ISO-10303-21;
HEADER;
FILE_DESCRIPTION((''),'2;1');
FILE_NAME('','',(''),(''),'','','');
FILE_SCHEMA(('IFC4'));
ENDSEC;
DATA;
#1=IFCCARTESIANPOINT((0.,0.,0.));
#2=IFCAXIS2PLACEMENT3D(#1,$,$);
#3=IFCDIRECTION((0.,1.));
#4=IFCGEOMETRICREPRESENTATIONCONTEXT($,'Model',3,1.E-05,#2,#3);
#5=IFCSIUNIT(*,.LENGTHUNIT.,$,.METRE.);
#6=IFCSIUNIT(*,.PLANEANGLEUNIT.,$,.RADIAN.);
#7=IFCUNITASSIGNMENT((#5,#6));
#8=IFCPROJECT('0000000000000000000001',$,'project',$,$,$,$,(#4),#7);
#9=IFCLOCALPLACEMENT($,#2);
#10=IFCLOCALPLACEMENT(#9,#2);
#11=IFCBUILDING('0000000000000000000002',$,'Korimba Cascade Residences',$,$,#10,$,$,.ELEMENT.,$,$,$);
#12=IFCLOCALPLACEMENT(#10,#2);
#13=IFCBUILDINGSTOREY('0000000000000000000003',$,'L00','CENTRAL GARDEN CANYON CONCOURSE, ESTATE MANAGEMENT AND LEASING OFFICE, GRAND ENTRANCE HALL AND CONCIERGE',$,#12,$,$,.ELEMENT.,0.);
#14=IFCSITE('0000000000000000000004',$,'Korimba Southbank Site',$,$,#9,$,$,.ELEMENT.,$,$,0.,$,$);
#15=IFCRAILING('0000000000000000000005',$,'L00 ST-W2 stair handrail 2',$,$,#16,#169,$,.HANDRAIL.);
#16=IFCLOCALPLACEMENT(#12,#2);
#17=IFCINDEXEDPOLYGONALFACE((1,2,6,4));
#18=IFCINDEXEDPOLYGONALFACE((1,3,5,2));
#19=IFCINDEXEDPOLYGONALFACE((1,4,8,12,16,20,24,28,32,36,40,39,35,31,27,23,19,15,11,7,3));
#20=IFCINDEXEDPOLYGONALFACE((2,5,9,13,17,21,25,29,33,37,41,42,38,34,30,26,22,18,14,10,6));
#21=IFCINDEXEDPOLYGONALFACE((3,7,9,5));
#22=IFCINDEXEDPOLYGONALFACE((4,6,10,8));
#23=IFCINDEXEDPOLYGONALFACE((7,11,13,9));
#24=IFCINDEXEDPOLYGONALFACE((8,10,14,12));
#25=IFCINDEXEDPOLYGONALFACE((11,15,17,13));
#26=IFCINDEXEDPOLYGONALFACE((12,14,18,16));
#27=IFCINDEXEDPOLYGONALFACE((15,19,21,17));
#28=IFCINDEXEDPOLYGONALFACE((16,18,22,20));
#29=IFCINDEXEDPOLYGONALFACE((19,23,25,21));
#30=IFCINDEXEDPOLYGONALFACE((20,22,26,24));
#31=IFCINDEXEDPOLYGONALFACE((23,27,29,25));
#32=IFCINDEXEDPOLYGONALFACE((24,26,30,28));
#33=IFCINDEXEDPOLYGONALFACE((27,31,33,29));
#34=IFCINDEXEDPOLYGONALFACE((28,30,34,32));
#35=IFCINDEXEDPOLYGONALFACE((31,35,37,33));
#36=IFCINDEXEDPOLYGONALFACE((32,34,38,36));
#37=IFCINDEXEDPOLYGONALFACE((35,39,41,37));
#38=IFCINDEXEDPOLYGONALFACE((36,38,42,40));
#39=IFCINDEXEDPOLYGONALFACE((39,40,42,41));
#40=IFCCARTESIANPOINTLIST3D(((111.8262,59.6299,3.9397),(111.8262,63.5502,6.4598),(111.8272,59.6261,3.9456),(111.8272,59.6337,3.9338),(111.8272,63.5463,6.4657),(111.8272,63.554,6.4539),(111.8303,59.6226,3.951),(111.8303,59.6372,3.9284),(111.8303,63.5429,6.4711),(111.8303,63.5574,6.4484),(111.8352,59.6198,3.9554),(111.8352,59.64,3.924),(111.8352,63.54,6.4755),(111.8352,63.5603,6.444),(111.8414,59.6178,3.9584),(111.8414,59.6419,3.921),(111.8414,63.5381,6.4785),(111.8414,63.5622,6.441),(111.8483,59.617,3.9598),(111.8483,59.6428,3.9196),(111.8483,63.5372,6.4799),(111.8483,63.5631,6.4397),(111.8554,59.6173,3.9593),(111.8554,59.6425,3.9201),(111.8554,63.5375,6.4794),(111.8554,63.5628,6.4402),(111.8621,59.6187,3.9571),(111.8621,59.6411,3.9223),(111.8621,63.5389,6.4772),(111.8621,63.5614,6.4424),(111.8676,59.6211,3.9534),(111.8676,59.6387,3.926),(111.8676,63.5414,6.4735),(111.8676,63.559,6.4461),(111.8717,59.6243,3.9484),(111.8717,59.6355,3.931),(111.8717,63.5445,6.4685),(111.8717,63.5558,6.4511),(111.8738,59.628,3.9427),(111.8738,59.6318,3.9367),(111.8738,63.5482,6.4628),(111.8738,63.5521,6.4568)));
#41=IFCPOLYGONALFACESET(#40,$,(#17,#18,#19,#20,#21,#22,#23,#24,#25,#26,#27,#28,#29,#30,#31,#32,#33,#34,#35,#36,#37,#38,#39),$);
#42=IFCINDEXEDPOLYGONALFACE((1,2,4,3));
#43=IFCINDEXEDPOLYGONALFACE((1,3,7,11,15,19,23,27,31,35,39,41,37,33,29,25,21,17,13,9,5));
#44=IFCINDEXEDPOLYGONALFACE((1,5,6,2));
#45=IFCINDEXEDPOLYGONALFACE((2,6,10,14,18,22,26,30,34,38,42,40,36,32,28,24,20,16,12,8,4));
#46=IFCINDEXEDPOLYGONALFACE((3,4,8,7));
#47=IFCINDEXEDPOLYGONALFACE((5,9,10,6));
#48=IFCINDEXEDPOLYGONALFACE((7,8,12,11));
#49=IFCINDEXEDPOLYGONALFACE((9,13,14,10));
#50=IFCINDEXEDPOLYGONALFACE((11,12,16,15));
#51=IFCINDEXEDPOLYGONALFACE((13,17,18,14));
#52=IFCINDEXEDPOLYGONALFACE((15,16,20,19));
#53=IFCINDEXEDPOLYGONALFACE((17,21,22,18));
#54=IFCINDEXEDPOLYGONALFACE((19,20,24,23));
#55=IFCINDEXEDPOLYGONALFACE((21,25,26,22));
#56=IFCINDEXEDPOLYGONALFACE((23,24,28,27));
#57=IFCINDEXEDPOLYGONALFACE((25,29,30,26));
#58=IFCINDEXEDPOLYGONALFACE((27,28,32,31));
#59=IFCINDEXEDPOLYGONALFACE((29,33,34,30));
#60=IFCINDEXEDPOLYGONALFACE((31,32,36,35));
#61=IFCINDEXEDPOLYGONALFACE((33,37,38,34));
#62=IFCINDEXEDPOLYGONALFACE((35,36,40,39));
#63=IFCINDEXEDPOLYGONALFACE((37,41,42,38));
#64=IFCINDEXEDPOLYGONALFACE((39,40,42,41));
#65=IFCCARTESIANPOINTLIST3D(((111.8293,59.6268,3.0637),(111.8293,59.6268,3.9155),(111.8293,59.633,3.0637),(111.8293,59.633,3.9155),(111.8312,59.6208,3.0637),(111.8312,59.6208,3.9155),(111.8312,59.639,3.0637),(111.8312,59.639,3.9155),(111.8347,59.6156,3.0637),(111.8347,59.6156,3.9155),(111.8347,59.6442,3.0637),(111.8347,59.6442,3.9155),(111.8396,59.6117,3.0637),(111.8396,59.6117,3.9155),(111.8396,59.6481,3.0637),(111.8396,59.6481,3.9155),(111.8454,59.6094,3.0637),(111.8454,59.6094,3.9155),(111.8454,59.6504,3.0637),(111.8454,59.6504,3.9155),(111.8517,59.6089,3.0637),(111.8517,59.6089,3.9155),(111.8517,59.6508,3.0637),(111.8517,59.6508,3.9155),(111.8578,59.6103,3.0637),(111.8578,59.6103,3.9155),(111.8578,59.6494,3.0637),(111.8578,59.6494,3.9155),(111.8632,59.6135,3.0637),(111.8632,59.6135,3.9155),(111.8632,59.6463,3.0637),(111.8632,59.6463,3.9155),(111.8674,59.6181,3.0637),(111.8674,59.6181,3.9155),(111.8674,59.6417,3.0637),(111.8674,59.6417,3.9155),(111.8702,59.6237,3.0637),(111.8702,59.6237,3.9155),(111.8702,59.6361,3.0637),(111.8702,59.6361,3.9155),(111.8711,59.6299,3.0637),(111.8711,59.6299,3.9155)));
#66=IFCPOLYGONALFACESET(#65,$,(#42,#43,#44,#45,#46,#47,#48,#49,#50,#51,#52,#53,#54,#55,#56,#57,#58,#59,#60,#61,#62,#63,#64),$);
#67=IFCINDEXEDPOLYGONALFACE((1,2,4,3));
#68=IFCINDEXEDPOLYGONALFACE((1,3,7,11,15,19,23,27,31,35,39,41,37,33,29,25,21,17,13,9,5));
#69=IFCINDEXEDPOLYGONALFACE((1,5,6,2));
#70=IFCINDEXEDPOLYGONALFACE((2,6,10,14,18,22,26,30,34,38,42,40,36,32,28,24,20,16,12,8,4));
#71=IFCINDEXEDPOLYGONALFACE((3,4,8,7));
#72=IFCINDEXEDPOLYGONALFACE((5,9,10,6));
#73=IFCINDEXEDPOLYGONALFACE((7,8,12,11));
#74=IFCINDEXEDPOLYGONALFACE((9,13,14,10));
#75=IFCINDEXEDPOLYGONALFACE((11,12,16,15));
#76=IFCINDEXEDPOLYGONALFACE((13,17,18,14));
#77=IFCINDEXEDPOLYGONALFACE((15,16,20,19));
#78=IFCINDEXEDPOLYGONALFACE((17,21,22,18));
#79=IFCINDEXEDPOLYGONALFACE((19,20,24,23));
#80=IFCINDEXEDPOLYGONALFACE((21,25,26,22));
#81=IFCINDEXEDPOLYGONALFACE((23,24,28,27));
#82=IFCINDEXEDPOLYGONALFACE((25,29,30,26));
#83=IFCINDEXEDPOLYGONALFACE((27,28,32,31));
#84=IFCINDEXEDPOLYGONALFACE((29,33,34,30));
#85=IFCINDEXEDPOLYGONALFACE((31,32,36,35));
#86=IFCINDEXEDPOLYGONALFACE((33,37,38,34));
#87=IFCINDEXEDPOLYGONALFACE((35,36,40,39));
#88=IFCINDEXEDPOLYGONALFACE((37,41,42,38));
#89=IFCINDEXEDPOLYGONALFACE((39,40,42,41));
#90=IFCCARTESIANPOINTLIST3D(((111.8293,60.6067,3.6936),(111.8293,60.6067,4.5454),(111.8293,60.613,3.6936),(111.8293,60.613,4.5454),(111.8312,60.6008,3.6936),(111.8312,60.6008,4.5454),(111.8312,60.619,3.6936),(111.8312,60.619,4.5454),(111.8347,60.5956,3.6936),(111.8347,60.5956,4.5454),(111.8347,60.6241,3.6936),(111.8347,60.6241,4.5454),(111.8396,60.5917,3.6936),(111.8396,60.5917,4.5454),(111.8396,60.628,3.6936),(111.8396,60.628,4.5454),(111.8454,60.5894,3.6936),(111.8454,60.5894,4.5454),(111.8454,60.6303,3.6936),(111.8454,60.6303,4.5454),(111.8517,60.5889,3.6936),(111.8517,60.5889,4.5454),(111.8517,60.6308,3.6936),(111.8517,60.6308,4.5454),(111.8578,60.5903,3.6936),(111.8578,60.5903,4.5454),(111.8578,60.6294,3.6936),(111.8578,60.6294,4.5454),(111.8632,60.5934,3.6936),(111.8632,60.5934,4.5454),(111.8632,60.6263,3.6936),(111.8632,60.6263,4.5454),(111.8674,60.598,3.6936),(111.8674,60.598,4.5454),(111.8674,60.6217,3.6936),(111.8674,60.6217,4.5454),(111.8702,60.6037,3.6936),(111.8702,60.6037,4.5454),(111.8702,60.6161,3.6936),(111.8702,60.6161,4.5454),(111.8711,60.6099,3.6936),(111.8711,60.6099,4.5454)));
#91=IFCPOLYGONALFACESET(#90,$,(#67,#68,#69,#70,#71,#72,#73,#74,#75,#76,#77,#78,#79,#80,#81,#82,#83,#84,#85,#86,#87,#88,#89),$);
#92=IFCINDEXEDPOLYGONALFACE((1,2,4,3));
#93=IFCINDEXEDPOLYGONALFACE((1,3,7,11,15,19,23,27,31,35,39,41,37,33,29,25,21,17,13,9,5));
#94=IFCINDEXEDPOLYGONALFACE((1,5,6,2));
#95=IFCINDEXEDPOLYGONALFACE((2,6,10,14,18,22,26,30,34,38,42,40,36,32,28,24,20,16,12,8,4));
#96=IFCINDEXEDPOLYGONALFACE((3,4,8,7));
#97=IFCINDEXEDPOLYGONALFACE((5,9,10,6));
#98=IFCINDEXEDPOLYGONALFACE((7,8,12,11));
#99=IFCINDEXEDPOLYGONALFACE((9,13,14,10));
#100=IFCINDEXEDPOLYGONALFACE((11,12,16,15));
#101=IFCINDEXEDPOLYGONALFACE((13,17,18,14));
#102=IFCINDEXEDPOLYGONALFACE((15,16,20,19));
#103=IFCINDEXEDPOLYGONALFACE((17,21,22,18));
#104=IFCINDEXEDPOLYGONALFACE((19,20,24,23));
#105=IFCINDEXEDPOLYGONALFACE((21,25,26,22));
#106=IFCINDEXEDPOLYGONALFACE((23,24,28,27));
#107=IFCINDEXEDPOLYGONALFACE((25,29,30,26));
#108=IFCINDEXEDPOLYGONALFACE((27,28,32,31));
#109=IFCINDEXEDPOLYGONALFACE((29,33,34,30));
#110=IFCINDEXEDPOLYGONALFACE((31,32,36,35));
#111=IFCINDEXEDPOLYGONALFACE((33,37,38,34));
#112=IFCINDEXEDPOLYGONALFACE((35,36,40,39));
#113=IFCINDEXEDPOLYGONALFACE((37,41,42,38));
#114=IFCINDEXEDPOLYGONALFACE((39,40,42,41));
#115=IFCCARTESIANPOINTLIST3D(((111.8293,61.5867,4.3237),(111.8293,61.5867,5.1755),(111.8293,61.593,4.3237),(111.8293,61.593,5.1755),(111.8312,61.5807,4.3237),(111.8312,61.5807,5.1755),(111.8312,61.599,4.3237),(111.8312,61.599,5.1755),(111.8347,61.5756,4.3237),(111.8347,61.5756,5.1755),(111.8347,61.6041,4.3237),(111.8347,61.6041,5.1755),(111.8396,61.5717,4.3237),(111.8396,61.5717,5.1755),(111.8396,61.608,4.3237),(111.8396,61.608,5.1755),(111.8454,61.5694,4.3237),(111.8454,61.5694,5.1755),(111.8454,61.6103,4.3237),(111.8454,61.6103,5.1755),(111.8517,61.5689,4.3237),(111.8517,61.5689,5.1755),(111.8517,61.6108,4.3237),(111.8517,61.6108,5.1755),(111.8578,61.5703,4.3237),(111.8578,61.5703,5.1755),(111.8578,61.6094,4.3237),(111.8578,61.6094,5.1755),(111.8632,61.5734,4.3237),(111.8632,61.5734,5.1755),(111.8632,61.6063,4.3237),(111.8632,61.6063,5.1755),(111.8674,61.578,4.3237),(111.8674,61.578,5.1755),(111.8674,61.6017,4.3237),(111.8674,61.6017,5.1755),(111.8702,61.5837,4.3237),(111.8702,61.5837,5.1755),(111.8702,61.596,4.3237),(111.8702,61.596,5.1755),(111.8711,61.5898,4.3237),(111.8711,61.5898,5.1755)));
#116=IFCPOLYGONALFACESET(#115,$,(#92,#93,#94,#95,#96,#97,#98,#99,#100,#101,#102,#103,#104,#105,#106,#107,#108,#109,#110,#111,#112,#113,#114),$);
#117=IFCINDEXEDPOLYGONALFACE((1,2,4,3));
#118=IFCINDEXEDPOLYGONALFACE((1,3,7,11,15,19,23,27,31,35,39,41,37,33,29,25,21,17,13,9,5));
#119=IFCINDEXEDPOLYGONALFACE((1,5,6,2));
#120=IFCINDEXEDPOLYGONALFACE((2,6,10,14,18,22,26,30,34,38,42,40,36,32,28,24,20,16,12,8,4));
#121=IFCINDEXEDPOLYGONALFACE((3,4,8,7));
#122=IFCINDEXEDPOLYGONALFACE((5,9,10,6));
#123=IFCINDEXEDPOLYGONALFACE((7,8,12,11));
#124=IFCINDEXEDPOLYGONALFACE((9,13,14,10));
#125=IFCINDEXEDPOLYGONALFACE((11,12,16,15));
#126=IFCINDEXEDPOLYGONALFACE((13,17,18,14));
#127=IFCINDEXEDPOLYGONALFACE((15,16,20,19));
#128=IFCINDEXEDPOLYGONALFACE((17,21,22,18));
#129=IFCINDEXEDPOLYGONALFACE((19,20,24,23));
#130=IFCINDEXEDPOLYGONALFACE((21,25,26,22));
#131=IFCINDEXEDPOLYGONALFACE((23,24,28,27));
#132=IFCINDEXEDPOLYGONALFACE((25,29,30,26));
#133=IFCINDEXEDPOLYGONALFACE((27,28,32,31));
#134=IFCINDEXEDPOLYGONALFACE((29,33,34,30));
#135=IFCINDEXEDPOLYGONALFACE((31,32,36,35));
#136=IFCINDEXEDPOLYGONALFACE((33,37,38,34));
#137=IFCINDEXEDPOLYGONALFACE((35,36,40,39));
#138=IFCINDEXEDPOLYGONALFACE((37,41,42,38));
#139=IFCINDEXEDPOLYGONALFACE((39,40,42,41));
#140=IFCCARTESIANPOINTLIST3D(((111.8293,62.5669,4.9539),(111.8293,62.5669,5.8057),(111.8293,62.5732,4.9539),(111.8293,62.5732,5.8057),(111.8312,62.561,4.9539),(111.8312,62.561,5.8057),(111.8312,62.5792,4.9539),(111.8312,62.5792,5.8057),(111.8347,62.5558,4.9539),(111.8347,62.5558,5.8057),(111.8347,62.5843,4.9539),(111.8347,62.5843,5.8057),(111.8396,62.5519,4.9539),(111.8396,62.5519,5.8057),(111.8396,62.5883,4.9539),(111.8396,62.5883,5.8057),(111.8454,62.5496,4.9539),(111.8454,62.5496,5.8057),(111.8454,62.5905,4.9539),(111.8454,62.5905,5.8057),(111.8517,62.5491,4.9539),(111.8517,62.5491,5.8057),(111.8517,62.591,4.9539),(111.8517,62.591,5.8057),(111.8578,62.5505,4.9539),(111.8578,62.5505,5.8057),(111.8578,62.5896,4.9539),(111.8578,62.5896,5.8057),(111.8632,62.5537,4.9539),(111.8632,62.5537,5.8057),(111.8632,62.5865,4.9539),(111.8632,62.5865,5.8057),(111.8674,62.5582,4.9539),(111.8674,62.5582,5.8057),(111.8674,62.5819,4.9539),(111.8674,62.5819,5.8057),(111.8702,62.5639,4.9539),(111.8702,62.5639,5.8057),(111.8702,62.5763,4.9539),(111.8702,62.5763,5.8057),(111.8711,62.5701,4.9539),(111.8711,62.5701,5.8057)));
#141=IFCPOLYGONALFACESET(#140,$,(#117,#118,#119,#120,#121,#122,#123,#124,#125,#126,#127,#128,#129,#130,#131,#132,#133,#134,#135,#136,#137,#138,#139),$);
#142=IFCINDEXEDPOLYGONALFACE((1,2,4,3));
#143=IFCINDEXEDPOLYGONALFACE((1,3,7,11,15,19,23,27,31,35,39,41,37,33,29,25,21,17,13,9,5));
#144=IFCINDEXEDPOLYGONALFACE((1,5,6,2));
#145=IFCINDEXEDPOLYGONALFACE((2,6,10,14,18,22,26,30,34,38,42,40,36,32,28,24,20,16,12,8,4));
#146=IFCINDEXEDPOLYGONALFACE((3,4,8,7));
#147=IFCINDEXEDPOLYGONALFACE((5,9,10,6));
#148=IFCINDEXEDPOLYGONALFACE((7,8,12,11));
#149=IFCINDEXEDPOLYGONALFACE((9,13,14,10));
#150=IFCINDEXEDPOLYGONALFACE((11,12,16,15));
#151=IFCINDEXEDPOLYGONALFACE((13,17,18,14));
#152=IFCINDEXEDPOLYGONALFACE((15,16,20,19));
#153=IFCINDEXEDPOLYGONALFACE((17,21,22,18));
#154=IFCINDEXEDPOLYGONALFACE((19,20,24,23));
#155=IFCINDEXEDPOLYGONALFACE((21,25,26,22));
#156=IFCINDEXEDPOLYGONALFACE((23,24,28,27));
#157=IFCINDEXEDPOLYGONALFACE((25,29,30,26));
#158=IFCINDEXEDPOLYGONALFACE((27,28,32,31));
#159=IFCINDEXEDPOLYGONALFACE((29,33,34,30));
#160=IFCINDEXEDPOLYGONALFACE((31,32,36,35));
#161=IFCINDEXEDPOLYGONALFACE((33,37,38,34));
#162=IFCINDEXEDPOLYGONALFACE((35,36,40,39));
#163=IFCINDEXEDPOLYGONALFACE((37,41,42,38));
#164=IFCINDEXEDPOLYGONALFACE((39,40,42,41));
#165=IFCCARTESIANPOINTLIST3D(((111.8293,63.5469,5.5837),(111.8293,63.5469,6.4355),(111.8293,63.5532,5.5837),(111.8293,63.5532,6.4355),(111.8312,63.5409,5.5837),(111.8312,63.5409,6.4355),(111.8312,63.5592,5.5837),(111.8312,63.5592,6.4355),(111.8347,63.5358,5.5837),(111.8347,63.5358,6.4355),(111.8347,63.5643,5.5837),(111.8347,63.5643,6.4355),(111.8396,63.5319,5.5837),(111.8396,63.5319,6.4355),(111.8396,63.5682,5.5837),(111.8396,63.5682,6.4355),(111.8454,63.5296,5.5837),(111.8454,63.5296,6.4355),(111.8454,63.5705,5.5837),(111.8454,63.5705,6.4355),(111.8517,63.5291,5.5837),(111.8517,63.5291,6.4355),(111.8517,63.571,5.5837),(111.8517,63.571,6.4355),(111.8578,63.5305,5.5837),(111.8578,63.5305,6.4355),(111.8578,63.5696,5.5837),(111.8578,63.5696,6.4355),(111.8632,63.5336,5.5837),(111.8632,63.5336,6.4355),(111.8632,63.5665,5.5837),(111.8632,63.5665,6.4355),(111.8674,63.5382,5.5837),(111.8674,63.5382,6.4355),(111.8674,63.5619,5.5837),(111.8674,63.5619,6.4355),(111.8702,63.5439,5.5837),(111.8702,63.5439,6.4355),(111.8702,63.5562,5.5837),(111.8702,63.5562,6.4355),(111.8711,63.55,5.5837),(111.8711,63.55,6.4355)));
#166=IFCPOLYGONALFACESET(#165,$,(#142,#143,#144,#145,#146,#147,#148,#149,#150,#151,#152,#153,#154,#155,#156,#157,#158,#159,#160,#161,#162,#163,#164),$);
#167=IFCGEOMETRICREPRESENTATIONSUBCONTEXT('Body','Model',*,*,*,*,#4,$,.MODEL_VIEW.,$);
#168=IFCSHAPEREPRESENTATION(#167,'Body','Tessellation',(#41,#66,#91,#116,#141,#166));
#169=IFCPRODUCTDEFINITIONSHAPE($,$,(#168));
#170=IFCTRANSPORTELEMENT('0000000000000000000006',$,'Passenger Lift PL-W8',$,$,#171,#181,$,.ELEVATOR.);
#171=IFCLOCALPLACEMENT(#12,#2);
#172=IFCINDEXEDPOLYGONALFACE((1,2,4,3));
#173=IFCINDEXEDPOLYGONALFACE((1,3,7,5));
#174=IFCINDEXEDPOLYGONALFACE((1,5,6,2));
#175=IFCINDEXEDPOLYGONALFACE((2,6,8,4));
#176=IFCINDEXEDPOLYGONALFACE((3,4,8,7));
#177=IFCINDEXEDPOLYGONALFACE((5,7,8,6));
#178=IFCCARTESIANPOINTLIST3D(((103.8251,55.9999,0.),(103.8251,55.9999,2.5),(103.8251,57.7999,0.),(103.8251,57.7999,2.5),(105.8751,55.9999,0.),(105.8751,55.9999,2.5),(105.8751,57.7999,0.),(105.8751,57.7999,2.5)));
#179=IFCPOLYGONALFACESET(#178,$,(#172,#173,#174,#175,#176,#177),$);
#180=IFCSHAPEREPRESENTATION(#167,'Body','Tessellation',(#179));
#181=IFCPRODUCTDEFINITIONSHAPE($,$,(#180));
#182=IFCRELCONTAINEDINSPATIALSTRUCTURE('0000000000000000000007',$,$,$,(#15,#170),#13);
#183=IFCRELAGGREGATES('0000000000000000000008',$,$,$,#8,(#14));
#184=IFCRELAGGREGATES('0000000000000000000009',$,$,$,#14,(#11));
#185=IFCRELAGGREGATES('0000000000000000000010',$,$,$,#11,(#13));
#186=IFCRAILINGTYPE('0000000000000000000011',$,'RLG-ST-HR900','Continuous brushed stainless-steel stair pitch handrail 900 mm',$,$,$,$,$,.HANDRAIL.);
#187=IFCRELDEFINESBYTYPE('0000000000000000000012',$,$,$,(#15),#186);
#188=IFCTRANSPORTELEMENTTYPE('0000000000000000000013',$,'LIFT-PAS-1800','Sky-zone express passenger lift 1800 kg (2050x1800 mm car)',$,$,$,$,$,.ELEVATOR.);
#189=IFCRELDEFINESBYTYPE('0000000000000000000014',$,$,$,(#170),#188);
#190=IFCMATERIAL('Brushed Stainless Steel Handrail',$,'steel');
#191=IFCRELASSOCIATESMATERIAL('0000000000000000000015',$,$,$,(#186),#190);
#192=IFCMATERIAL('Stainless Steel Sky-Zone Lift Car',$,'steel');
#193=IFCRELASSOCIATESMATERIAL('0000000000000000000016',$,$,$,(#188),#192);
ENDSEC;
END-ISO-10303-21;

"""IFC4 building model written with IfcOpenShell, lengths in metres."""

from ifc_helpers import new_model, si_unit, direction, frame, origin, origin_2d, place, context, subcontext, project, spatial, rectangle, circle, extrude, material, type_object, element, save


model = new_model("IFC4")

# Units and contexts
model_context = context("Model", 3, precision=1e-05, world=origin(), true_north=direction((0.0, 1.0)))
body_context = subcontext(model_context, "Body", "Model", "MODEL_VIEW")
ifc_project = project(units=[si_unit("LENGTHUNIT", "METRE"), si_unit("PLANEANGLEUNIT", "RADIAN")], contexts=[model_context])

# Site, building, storey
site_placement = place(None, origin())
site = spatial("IfcSite", under=ifc_project, at=site_placement, Name="Korimba Southbank Site", CompositionType="ELEMENT", RefElevation=0.0)
building_placement = place(site_placement, origin())
building = spatial("IfcBuilding", under=site, at=building_placement, Name="Korimba Cascade Residences", CompositionType="ELEMENT")
storey_placement = place(building_placement, origin())
storey = spatial("IfcBuildingStorey", under=building, at=storey_placement, Name="L00", Description="CENTRAL GARDEN CANYON CONCOURSE, ESTATE MANAGEMENT AND LEASING OFFICE, GRAND ENTRANCE HALL AND CONCIERGE", CompositionType="ELEMENT", Elevation=0.0)

# Railing
ifc_material_1 = material(Name="Brushed Stainless Steel Handrail", Category="steel")
railing_type_1 = type_object("IfcRailingType", Name="RLG-ST-HR900", Description="Continuous brushed stainless-steel stair pitch handrail 900 mm", PredefinedType="HANDRAIL", material=ifc_material_1)
railing_1_placement = place(storey_placement, frame((111.8501, 59.6299, 3.0637)))
element("IfcRailing", 1, at=railing_1_placement, inside=storey, type_object=railing_type_1, Name="L00 ST-W2 stair handrail 2", PredefinedType="HANDRAIL", context=body_context, shape_type="SweptSolid", body=[
    extrude(circle(Radius=0.0239, at=origin_2d()), frame((0.0, 0.0, 0.876), z_axis=(0.0, 0.841187, 0.540744), x_axis=(-1.0, 0.0, 0.0)), (0.0, 0.0, 1.0), 4.6604),
    extrude(circle(Radius=0.021, at=origin_2d()), origin(), (0.0, 0.0, 1.0), 0.8518),
    extrude(circle(Radius=0.021, at=origin_2d()), frame((0.0, 0.98, 0.6299)), (0.0, 0.0, 1.0), 0.8518),
    extrude(circle(Radius=0.021, at=origin_2d()), frame((0.0, 1.96, 1.26)), (0.0, 0.0, 1.0), 0.8518),
    extrude(circle(Radius=0.021, at=origin_2d()), frame((0.0, 2.9402, 1.8901)), (0.0, 0.0, 1.0), 0.8518),
    extrude(circle(Radius=0.021, at=origin_2d()), frame((0.0, 3.9202, 2.52)), (0.0, 0.0, 1.0), 0.8518),
])

# Transport element
ifc_material_2 = material(Name="Stainless Steel Sky-Zone Lift Car", Category="steel")
transport_element_type = type_object("IfcTransportElementType", Name="LIFT-PAS-1800", Description="Sky-zone express passenger lift 1800 kg (2050x1800 mm car)", PredefinedType="ELEVATOR", material=ifc_material_2)
transport_element_placement = place(storey_placement, frame((104.8501, 56.8999, 0.0), z_axis=(0.0, 0.0, 1.0), x_axis=(1.0, 0.0, 0.0)))
element("IfcTransportElement", 2, at=transport_element_placement, inside=storey, type_object=transport_element_type, Name="Passenger Lift PL-W8", PredefinedType="ELEVATOR", context=body_context, shape_type="SweptSolid", body=[
    extrude(rectangle(XDim=2.05, YDim=1.8, at=origin_2d()), origin(), (0.0, 0.0, 1.0), 2.5),
])

save(model, "model.ifc")
